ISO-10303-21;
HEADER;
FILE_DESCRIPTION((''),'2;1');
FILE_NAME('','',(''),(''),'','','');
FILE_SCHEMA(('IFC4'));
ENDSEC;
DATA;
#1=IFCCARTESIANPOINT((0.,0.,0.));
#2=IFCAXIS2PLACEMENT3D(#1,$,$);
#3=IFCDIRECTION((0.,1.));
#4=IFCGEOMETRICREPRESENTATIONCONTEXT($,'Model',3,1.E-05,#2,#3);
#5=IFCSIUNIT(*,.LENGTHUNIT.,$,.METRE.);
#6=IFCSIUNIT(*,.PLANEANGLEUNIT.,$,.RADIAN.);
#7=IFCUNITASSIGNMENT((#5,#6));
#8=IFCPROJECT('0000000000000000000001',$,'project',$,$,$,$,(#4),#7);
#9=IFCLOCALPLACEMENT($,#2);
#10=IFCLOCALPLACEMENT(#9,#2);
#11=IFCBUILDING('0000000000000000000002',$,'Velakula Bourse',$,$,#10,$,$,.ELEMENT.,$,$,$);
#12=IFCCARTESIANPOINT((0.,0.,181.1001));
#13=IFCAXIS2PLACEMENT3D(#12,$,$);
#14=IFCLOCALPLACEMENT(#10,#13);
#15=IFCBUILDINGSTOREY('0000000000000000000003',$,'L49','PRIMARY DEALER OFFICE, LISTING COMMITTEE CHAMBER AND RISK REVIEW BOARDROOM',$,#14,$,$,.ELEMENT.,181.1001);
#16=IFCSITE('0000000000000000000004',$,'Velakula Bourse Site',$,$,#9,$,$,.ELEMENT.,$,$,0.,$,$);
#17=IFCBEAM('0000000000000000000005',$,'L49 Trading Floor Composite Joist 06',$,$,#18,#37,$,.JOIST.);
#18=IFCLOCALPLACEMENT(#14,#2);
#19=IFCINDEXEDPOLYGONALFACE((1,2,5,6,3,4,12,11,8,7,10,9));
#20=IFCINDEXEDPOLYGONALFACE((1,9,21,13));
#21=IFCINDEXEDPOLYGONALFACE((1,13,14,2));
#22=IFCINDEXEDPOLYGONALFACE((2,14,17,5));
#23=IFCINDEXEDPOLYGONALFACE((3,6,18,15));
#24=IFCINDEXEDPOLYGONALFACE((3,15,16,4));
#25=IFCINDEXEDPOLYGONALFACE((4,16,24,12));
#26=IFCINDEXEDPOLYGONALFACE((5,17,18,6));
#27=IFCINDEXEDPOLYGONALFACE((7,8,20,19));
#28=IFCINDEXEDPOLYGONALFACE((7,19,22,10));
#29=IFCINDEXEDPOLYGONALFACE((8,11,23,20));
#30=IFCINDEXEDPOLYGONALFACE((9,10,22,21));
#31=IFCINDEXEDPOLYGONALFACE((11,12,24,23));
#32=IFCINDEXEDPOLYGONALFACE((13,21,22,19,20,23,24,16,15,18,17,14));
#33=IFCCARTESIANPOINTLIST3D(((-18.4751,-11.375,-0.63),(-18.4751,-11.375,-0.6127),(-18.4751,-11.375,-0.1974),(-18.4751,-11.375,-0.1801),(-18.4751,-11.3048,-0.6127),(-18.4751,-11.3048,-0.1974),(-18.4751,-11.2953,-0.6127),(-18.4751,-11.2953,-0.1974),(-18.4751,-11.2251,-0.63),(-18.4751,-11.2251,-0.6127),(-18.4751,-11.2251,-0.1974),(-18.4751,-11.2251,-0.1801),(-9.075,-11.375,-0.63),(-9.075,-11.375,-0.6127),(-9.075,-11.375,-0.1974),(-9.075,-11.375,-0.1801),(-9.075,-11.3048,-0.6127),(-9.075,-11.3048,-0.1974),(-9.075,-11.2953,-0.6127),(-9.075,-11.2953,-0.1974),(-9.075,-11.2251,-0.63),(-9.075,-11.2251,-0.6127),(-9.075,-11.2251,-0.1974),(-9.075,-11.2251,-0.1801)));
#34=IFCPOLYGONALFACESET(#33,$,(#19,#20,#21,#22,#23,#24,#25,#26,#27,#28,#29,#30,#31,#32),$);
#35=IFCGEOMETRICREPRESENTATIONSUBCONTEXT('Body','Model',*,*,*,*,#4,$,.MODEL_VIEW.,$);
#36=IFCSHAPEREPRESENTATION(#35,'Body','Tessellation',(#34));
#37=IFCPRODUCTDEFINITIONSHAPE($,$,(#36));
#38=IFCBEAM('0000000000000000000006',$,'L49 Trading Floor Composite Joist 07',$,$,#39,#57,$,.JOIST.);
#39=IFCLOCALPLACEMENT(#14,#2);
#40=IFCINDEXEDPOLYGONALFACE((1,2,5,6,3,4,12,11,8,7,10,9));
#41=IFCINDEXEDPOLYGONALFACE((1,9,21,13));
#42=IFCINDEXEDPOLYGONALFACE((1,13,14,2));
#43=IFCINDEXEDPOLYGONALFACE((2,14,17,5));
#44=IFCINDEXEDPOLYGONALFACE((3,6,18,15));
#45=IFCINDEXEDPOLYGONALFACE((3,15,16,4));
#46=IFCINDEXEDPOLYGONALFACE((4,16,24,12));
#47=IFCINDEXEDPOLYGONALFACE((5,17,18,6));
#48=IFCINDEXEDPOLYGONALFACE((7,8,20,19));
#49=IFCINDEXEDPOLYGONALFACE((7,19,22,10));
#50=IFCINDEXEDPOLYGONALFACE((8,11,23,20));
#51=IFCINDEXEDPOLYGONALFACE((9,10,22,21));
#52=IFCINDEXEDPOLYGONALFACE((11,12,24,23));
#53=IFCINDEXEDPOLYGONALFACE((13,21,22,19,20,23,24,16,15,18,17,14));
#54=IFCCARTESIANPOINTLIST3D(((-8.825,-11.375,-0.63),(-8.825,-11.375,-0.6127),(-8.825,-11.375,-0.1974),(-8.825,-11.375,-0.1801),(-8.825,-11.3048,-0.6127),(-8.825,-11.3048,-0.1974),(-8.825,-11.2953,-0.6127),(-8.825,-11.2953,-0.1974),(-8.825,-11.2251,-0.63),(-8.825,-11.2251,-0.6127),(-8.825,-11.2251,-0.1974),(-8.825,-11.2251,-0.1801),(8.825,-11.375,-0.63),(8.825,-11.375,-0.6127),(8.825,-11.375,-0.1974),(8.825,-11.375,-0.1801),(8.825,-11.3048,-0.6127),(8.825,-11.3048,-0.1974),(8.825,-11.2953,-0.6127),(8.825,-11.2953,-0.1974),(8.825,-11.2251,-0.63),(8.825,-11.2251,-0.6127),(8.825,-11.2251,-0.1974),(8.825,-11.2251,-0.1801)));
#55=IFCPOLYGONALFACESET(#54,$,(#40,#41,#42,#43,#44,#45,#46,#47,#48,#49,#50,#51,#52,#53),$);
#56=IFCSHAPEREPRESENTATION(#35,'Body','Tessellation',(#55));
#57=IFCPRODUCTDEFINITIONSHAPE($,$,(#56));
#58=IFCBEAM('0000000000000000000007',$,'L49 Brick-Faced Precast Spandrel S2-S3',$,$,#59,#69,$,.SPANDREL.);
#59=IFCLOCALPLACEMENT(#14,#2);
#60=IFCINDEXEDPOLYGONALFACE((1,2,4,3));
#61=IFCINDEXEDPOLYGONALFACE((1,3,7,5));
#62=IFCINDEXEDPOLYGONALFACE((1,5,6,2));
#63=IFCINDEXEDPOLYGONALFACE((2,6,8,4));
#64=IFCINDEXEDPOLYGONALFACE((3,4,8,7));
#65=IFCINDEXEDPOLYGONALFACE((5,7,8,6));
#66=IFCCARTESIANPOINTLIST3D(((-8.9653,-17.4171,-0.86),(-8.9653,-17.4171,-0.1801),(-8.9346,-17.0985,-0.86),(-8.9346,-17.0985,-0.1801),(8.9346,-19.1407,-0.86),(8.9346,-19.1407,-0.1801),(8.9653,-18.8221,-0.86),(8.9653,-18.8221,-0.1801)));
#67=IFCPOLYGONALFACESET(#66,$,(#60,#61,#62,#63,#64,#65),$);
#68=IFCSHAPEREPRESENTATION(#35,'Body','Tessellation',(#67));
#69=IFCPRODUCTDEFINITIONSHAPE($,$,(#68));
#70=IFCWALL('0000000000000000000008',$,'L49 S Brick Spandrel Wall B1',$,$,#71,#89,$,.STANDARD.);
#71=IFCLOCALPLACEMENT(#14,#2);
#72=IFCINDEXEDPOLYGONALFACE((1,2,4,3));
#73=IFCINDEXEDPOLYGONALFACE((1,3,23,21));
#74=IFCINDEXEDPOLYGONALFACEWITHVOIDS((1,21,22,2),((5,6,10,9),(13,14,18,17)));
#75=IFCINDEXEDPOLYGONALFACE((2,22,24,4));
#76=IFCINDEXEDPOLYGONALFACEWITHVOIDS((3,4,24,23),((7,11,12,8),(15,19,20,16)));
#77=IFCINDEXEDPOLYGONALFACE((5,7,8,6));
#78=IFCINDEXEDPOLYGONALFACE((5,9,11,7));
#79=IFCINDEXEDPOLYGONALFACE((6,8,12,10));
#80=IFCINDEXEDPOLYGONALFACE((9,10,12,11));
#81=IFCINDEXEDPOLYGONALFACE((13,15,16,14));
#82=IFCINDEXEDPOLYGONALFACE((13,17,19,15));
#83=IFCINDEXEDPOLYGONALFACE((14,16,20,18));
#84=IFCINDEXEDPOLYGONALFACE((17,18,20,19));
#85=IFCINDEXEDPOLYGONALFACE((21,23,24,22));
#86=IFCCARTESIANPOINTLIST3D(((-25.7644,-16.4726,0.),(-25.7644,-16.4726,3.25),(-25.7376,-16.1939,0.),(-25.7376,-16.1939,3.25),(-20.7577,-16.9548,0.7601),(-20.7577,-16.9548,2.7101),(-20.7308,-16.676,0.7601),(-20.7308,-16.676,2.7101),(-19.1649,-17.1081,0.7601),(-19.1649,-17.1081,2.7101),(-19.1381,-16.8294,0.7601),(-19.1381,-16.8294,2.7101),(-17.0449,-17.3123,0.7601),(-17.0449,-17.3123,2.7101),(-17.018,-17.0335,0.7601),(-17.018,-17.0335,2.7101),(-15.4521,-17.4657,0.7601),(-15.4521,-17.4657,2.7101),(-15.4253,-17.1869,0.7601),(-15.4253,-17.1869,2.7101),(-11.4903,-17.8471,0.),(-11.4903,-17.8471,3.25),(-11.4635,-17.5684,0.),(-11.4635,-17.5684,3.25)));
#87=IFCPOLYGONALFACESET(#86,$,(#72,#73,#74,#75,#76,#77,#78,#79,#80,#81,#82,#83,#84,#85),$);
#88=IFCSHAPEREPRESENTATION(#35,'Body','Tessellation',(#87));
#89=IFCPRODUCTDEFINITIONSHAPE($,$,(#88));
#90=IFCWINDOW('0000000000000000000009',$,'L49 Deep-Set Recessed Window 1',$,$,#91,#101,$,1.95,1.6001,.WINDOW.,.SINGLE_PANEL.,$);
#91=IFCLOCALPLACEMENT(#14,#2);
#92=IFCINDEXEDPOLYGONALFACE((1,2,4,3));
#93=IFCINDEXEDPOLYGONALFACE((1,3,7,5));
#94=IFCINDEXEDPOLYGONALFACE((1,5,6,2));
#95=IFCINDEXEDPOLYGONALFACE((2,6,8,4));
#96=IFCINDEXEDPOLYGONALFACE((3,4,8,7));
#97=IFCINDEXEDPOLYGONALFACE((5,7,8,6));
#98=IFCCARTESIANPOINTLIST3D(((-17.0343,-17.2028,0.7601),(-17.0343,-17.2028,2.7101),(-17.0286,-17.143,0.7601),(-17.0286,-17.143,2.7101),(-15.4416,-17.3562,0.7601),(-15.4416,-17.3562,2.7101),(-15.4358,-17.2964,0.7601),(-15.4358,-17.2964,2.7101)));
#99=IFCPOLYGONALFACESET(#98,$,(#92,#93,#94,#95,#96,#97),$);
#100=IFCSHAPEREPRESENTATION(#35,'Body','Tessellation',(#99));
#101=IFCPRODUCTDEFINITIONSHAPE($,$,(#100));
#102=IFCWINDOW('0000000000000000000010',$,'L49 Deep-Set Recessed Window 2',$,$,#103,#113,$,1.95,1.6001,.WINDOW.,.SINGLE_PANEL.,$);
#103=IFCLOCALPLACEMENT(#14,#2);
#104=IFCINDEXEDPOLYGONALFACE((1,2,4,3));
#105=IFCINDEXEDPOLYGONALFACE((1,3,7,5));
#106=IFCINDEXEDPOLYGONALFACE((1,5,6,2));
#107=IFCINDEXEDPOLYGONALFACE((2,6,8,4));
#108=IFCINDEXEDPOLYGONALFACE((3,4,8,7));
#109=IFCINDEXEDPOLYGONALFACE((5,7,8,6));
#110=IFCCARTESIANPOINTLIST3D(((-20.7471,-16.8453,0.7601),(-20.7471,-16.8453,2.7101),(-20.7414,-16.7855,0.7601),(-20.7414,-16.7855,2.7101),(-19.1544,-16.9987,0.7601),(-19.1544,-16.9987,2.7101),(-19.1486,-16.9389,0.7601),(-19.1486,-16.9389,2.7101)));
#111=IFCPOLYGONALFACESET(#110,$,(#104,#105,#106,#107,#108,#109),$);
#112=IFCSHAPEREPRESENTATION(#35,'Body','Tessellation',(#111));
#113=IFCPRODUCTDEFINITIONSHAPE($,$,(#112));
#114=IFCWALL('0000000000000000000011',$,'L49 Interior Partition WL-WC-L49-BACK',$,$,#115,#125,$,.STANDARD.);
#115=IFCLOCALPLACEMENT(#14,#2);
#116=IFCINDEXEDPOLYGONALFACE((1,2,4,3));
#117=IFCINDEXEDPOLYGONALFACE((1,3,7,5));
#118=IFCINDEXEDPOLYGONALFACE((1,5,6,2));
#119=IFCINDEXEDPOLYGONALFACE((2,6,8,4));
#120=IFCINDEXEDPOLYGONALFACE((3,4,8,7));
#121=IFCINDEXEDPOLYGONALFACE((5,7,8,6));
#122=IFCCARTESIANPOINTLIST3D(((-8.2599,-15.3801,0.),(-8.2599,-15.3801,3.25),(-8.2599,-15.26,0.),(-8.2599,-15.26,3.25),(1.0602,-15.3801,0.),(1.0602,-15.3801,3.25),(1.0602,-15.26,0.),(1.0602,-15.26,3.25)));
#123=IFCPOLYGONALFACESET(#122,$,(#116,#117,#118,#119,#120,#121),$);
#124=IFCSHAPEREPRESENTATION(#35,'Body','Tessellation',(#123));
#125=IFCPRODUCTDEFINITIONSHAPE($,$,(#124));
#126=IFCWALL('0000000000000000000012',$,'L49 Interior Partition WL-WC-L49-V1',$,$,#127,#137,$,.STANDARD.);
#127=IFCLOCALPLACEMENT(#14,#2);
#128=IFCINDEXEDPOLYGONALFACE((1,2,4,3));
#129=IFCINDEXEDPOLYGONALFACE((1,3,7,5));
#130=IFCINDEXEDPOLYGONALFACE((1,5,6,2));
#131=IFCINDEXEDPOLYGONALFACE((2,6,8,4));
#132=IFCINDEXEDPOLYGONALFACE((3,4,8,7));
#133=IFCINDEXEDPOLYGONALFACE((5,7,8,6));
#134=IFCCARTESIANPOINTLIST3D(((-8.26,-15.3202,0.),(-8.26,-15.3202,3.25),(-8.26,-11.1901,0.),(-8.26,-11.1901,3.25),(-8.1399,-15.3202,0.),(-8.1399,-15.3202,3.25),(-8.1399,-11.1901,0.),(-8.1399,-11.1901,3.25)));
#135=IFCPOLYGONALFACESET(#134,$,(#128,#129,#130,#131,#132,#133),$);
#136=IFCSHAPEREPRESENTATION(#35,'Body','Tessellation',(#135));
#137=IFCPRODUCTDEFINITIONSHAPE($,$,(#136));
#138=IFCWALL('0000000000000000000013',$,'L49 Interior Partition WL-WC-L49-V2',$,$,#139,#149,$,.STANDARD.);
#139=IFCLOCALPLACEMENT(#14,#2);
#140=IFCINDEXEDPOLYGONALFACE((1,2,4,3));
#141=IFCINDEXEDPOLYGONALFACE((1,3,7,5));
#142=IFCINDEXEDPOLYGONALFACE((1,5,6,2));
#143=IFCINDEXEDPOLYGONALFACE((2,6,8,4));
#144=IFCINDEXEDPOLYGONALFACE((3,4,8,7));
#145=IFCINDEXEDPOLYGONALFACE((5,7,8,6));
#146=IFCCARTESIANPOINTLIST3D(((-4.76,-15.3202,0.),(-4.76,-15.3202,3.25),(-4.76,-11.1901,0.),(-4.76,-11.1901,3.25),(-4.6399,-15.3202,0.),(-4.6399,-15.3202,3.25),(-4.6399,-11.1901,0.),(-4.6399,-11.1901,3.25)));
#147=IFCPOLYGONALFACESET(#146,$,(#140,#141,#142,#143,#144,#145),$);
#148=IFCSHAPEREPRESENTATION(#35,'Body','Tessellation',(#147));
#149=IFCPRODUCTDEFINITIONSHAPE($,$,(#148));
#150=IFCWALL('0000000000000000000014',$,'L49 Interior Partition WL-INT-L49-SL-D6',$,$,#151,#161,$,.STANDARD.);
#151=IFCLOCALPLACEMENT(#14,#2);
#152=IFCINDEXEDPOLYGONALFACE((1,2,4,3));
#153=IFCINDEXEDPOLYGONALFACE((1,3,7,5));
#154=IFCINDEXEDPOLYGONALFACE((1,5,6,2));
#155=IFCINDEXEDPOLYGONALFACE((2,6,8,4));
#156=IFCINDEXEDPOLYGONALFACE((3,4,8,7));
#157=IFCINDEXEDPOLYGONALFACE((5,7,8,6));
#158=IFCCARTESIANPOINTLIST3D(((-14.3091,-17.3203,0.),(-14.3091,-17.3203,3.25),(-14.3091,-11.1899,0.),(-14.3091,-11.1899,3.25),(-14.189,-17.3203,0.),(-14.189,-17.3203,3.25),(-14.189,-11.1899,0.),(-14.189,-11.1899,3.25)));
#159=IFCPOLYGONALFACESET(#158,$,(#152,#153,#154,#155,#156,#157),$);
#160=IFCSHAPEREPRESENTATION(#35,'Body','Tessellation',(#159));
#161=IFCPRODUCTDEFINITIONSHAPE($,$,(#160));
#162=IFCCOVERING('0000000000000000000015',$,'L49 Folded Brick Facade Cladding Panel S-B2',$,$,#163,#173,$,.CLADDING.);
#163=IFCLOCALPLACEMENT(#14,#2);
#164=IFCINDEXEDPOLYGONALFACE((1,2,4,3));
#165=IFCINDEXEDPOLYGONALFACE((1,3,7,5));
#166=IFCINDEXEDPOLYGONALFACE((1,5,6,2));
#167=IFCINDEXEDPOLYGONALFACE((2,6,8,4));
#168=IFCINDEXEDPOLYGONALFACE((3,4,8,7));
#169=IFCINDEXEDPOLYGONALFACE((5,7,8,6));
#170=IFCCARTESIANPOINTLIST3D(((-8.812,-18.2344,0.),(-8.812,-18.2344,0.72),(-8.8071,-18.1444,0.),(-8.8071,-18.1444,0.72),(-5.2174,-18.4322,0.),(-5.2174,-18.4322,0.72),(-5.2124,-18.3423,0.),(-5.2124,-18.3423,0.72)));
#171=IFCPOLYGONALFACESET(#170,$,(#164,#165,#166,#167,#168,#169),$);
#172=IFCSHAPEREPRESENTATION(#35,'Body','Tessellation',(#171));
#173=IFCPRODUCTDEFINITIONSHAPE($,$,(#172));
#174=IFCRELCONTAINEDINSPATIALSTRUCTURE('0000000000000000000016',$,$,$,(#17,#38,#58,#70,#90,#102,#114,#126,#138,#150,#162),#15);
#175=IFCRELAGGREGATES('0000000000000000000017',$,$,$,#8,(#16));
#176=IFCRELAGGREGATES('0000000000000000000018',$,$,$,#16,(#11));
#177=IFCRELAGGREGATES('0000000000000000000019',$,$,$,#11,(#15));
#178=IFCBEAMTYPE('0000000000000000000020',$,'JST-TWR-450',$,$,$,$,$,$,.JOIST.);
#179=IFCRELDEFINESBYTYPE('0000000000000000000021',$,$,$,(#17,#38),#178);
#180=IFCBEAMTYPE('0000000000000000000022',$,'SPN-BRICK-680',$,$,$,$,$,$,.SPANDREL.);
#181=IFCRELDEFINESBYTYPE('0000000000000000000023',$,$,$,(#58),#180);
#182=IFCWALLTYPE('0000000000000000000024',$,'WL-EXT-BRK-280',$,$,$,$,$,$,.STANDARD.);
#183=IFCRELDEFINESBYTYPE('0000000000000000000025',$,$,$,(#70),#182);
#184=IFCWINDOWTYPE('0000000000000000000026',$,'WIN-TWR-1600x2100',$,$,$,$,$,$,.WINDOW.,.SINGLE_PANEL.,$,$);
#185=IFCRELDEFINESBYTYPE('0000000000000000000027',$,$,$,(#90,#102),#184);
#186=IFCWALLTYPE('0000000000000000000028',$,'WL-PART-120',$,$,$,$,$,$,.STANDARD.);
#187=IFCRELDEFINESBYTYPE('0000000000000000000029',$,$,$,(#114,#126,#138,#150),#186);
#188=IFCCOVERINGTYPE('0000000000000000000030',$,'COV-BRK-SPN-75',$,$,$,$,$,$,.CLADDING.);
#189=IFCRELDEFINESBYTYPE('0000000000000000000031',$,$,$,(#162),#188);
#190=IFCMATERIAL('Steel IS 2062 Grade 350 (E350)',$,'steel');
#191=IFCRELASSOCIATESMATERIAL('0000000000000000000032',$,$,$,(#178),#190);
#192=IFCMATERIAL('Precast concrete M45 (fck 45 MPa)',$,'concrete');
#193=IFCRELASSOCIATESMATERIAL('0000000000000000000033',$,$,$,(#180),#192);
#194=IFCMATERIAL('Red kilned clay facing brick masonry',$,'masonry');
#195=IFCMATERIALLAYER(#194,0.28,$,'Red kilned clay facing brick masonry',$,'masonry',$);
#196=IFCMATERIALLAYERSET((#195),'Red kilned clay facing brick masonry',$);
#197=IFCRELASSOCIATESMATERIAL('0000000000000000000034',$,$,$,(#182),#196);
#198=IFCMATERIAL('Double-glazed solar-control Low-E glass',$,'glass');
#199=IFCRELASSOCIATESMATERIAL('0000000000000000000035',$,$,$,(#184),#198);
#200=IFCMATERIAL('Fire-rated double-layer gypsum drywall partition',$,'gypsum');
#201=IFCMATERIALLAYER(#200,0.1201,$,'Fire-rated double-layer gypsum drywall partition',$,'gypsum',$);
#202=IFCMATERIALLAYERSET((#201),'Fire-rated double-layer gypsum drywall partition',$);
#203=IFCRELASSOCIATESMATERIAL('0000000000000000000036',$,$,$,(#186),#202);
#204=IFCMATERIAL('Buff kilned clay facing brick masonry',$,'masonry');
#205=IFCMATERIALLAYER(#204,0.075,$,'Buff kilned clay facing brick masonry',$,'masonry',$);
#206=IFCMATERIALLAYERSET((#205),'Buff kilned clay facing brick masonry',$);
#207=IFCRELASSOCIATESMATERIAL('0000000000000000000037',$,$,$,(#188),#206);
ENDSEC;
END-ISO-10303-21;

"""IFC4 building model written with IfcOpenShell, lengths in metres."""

from ifc_helpers import new_model, si_unit, direction, frame, frame_2d, origin, origin_2d, place, context, subcontext, project, spatial, rectangle, i_section, extrude, material, layer, layer_set, material_profile, profile_set, type_object, element, fill, save


model = new_model("IFC4")

# Units and contexts
model_context = context("Model", 3, precision=1e-05, world=origin(), true_north=direction((0.0, 1.0)))
body_context = subcontext(model_context, "Body", "Model", "MODEL_VIEW")
ifc_project = project(units=[si_unit("LENGTHUNIT", "METRE"), si_unit("PLANEANGLEUNIT", "RADIAN")], contexts=[model_context])

# Site, building, storey
site_placement = place(None, origin())
site = spatial("IfcSite", under=ifc_project, at=site_placement, Name="Velakula Bourse Site", CompositionType="ELEMENT", RefElevation=0.0)
building_placement = place(site_placement, origin())
building = spatial("IfcBuilding", under=site, at=building_placement, Name="Velakula Bourse", CompositionType="ELEMENT")
storey_placement = place(building_placement, frame((0.0, 0.0, 181.1001)))
storey = spatial("IfcBuildingStorey", under=building, at=storey_placement, Name="L49", Description="PRIMARY DEALER OFFICE, LISTING COMMITTEE CHAMBER AND RISK REVIEW BOARDROOM", CompositionType="ELEMENT", Elevation=181.1001)

# Shared definitions
ifc_material_1 = material(Name="Steel IS 2062 Grade 350 (E350)", Category="steel")

# Beams
ifc_material_profile_1 = material_profile(ifc_material_1, i_section(OverallWidth=0.1499, OverallDepth=0.45, WebThickness=0.0095, FlangeThickness=0.0173, at=origin_2d()), Name="Steel IS 2062 Grade 350 (E350)")
ifc_profile_set_1 = profile_set([ifc_material_profile_1], Name="Steel IS 2062 Grade 350 (E350)")
beam_type_1 = type_object("IfcBeamType", Name="JST-TWR-450", PredefinedType="JOIST", material=ifc_profile_set_1)
beam_1_placement = place(storey_placement, frame((-18.4751, -11.3, -0.405), z_axis=(1.0, 0.0, 0.0), x_axis=(0.0, 1.0, 0.0)))
element("IfcBeam", 1, at=beam_1_placement, inside=storey, type_object=beam_type_1, Name="L49 Trading Floor Composite Joist 06", PredefinedType="JOIST", context=body_context, shape_type="SweptSolid", body=[
    extrude(i_section(OverallWidth=0.1499, OverallDepth=0.45, WebThickness=0.0095, FlangeThickness=0.0173, at=origin_2d()), origin(), (0.0, 0.0, 1.0), 9.4001),
])
beam_2_placement = place(storey_placement, frame((-8.825, -11.3, -0.405), z_axis=(1.0, 0.0, 0.0), x_axis=(0.0, 1.0, 0.0)))
element("IfcBeam", 2, at=beam_2_placement, inside=storey, type_object=beam_type_1, Name="L49 Trading Floor Composite Joist 07", PredefinedType="JOIST", context=body_context, shape_type="SweptSolid", body=[
    extrude(i_section(OverallWidth=0.1499, OverallDepth=0.45, WebThickness=0.0095, FlangeThickness=0.0173, at=origin_2d()), origin(), (0.0, 0.0, 1.0), 17.6499),
])
ifc_material_2 = material(Name="Precast concrete M45 (fck 45 MPa)", Category="concrete")
ifc_material_profile_2 = material_profile(ifc_material_2, rectangle(XDim=0.3201, YDim=0.6799, at=origin_2d()), Name="Precast concrete M45 (fck 45 MPa)")
ifc_profile_set_2 = profile_set([ifc_material_profile_2], Name="Precast concrete M45 (fck 45 MPa)")
beam_type_2 = type_object("IfcBeamType", Name="SPN-BRICK-680", PredefinedType="SPANDREL", material=ifc_profile_set_2)
beam_3_placement = place(storey_placement, frame((-8.95, -17.2578, -0.52), z_axis=(0.995396, -0.09585, 0.0), x_axis=(0.09585, 0.995396, 0.0)))
element("IfcBeam", 3, at=beam_3_placement, inside=storey, type_object=beam_type_2, Name="L49 Brick-Faced Precast Spandrel S2-S3", PredefinedType="SPANDREL", context=body_context, shape_type="SweptSolid", body=[
    extrude(rectangle(XDim=0.3201, YDim=0.6799, at=origin_2d()), origin(), (0.0, 0.0, 1.0), 17.9827),
])

# Wall, openings, windows
ifc_material_3 = material(Name="Red kilned clay facing brick masonry", Category="masonry")
ifc_layer_1 = layer(ifc_material_3, 0.28, Name="Red kilned clay facing brick masonry", Category="masonry")
ifc_layer_set_1 = layer_set([ifc_layer_1], Name="Red kilned clay facing brick masonry")
wall_type_1 = type_object("IfcWallType", Name="WL-EXT-BRK-280", PredefinedType="STANDARD", material=ifc_layer_set_1)
wall_1_placement = place(storey_placement, frame((-11.4771, -17.7078, 0.0), z_axis=(0.0, 0.0, 1.0), x_axis=(-0.995396, 0.09585, 0.0)))
wall_1 = element("IfcWall", 4, at=wall_1_placement, inside=storey, type_object=wall_type_1, Name="L49 S Brick Spandrel Wall B1", PredefinedType="STANDARD", context=body_context, shape_type="SweptSolid", body=[
    extrude(rectangle(XDim=14.3401, YDim=0.28, at=frame_2d((7.1699, 0.0))), origin(), (0.0, 0.0, 1.0), 3.25),
])
opening_1_placement = place(wall_1_placement, frame((3.98, 0.0, 0.76)))
opening_1 = element("IfcOpeningElement", 5, at=opening_1_placement, cuts=wall_1, PredefinedType="OPENING", context=body_context, shape_type="SweptSolid", body=[
    extrude(rectangle(XDim=1.6001, YDim=1.95, at=frame_2d((0.8, 0.9751))), frame((0.0, 0.1499, 0.0), z_axis=(0.0, -1.0, 0.0), x_axis=(1.0, 0.0, 0.0)), (0.0, 0.0, 1.0), 0.3),
])
opening_2_placement = place(wall_1_placement, frame((7.71, 0.0, 0.76)))
opening_2 = element("IfcOpeningElement", 6, at=opening_2_placement, cuts=wall_1, PredefinedType="OPENING", context=body_context, shape_type="SweptSolid", body=[
    extrude(rectangle(XDim=1.6001, YDim=1.95, at=frame_2d((0.8, 0.9751))), frame((0.0, 0.1499, 0.0), z_axis=(0.0, -1.0, 0.0), x_axis=(1.0, 0.0, 0.0)), (0.0, 0.0, 1.0), 0.3),
])
ifc_material_4 = material(Name="Double-glazed solar-control Low-E glass", Category="glass")
window_type = type_object("IfcWindowType", Name="WIN-TWR-1600x2100", PartitioningType="SINGLE_PANEL", PredefinedType="WINDOW", material=ifc_material_4)
window_1_placement = place(opening_1_placement, origin())
window_1 = element("IfcWindow", 7, at=window_1_placement, inside=storey, type_object=window_type, Name="L49 Deep-Set Recessed Window 1", OverallHeight=1.95, OverallWidth=1.6001, PartitioningType="SINGLE_PANEL", PredefinedType="WINDOW", context=body_context, shape_type="SweptSolid", body=[
    extrude(rectangle(XDim=1.6001, YDim=1.95, at=frame_2d((0.8, 0.9751))), frame((0.0, 0.03, 0.0), z_axis=(0.0, -1.0, 0.0), x_axis=(1.0, 0.0, 0.0)), (0.0, 0.0, 1.0), 0.0601),
])
fill(opening_1, window_1)
window_2_placement = place(opening_2_placement, origin())
window_2 = element("IfcWindow", 8, at=window_2_placement, inside=storey, type_object=window_type, Name="L49 Deep-Set Recessed Window 2", OverallHeight=1.95, OverallWidth=1.6001, PartitioningType="SINGLE_PANEL", PredefinedType="WINDOW", context=body_context, shape_type="SweptSolid", body=[
    extrude(rectangle(XDim=1.6001, YDim=1.95, at=frame_2d((0.8, 0.9751))), frame((0.0, 0.03, 0.0), z_axis=(0.0, -1.0, 0.0), x_axis=(1.0, 0.0, 0.0)), (0.0, 0.0, 1.0), 0.0601),
])
fill(opening_2, window_2)

# Walls
ifc_material_5 = material(Name="Fire-rated double-layer gypsum drywall partition", Category="gypsum")
ifc_layer_2 = layer(ifc_material_5, 0.1201, Name="Fire-rated double-layer gypsum drywall partition", Category="gypsum")
ifc_layer_set_2 = layer_set([ifc_layer_2], Name="Fire-rated double-layer gypsum drywall partition")
wall_type_2 = type_object("IfcWallType", Name="WL-PART-120", PredefinedType="STANDARD", material=ifc_layer_set_2)
wall_2_placement = place(storey_placement, frame((-8.26, -15.3201, 0.0), z_axis=(0.0, 0.0, 1.0), x_axis=(1.0, 0.0, 0.0)))
element("IfcWall", 9, at=wall_2_placement, inside=storey, type_object=wall_type_2, Name="L49 Interior Partition WL-WC-L49-BACK", PredefinedType="STANDARD", context=body_context, shape_type="SweptSolid", body=[
    extrude(rectangle(XDim=9.3201, YDim=0.1201, at=frame_2d((4.6602, 0.0))), origin(), (0.0, 0.0, 1.0), 3.25),
])
for number, where, z_axis, x_axis, name in (
    (10, (-8.2, -15.3201, 0.0), (0.0, 0.0, 1.0), (0.0, 1.0, 0.0), "L49 Interior Partition WL-WC-L49-V1"),
    (11, (-4.7, -15.3201, 0.0), (0.0, 0.0, 1.0), (0.0, 1.0, 0.0), "L49 Interior Partition WL-WC-L49-V2"),
):
    element("IfcWall", number, at=place(storey_placement, frame(where, z_axis=z_axis, x_axis=x_axis)), inside=storey, type_object=wall_type_2, Name=name, PredefinedType="STANDARD", context=body_context, shape_type="SweptSolid", body=[
        extrude(rectangle(XDim=4.1301, YDim=0.1201, at=frame_2d((2.0649, 0.0))), origin(), (0.0, 0.0, 1.0), 3.25),
    ])
wall_3_placement = place(storey_placement, frame((-14.249, -17.3203, 0.0), z_axis=(0.0, 0.0, 1.0), x_axis=(0.0, 1.0, 0.0)))
element("IfcWall", 12, at=wall_3_placement, inside=storey, type_object=wall_type_2, Name="L49 Interior Partition WL-INT-L49-SL-D6", PredefinedType="STANDARD", context=body_context, shape_type="SweptSolid", body=[
    extrude(rectangle(XDim=6.1304, YDim=0.1201, at=frame_2d((3.0652, 0.0))), origin(), (0.0, 0.0, 1.0), 3.25),
])

# Covering
ifc_material_6 = material(Name="Buff kilned clay facing brick masonry", Category="masonry")
ifc_layer_3 = layer(ifc_material_6, 0.075, Name="Buff kilned clay facing brick masonry", Category="masonry")
ifc_layer_set_3 = layer_set([ifc_layer_3], Name="Buff kilned clay facing brick masonry")
covering_type = type_object("IfcCoveringType", Name="COV-BRK-SPN-75", PredefinedType="CLADDING", material=ifc_layer_set_3)
covering_placement = place(storey_placement, frame((-7.0122, -18.2883, 0.0), z_axis=(0.0, 0.0, 1.0), x_axis=(0.998489, -0.05495, 0.0)))
element("IfcCovering", 13, at=covering_placement, inside=storey, type_object=covering_type, Name="L49 Folded Brick Facade Cladding Panel S-B2", PredefinedType="CLADDING", context=body_context, shape_type="SweptSolid", body=[
    extrude(rectangle(XDim=3.6001, YDim=0.0901, at=origin_2d()), origin(), (0.0, 0.0, 1.0), 0.72),
])

save(model, "model.ifc")
